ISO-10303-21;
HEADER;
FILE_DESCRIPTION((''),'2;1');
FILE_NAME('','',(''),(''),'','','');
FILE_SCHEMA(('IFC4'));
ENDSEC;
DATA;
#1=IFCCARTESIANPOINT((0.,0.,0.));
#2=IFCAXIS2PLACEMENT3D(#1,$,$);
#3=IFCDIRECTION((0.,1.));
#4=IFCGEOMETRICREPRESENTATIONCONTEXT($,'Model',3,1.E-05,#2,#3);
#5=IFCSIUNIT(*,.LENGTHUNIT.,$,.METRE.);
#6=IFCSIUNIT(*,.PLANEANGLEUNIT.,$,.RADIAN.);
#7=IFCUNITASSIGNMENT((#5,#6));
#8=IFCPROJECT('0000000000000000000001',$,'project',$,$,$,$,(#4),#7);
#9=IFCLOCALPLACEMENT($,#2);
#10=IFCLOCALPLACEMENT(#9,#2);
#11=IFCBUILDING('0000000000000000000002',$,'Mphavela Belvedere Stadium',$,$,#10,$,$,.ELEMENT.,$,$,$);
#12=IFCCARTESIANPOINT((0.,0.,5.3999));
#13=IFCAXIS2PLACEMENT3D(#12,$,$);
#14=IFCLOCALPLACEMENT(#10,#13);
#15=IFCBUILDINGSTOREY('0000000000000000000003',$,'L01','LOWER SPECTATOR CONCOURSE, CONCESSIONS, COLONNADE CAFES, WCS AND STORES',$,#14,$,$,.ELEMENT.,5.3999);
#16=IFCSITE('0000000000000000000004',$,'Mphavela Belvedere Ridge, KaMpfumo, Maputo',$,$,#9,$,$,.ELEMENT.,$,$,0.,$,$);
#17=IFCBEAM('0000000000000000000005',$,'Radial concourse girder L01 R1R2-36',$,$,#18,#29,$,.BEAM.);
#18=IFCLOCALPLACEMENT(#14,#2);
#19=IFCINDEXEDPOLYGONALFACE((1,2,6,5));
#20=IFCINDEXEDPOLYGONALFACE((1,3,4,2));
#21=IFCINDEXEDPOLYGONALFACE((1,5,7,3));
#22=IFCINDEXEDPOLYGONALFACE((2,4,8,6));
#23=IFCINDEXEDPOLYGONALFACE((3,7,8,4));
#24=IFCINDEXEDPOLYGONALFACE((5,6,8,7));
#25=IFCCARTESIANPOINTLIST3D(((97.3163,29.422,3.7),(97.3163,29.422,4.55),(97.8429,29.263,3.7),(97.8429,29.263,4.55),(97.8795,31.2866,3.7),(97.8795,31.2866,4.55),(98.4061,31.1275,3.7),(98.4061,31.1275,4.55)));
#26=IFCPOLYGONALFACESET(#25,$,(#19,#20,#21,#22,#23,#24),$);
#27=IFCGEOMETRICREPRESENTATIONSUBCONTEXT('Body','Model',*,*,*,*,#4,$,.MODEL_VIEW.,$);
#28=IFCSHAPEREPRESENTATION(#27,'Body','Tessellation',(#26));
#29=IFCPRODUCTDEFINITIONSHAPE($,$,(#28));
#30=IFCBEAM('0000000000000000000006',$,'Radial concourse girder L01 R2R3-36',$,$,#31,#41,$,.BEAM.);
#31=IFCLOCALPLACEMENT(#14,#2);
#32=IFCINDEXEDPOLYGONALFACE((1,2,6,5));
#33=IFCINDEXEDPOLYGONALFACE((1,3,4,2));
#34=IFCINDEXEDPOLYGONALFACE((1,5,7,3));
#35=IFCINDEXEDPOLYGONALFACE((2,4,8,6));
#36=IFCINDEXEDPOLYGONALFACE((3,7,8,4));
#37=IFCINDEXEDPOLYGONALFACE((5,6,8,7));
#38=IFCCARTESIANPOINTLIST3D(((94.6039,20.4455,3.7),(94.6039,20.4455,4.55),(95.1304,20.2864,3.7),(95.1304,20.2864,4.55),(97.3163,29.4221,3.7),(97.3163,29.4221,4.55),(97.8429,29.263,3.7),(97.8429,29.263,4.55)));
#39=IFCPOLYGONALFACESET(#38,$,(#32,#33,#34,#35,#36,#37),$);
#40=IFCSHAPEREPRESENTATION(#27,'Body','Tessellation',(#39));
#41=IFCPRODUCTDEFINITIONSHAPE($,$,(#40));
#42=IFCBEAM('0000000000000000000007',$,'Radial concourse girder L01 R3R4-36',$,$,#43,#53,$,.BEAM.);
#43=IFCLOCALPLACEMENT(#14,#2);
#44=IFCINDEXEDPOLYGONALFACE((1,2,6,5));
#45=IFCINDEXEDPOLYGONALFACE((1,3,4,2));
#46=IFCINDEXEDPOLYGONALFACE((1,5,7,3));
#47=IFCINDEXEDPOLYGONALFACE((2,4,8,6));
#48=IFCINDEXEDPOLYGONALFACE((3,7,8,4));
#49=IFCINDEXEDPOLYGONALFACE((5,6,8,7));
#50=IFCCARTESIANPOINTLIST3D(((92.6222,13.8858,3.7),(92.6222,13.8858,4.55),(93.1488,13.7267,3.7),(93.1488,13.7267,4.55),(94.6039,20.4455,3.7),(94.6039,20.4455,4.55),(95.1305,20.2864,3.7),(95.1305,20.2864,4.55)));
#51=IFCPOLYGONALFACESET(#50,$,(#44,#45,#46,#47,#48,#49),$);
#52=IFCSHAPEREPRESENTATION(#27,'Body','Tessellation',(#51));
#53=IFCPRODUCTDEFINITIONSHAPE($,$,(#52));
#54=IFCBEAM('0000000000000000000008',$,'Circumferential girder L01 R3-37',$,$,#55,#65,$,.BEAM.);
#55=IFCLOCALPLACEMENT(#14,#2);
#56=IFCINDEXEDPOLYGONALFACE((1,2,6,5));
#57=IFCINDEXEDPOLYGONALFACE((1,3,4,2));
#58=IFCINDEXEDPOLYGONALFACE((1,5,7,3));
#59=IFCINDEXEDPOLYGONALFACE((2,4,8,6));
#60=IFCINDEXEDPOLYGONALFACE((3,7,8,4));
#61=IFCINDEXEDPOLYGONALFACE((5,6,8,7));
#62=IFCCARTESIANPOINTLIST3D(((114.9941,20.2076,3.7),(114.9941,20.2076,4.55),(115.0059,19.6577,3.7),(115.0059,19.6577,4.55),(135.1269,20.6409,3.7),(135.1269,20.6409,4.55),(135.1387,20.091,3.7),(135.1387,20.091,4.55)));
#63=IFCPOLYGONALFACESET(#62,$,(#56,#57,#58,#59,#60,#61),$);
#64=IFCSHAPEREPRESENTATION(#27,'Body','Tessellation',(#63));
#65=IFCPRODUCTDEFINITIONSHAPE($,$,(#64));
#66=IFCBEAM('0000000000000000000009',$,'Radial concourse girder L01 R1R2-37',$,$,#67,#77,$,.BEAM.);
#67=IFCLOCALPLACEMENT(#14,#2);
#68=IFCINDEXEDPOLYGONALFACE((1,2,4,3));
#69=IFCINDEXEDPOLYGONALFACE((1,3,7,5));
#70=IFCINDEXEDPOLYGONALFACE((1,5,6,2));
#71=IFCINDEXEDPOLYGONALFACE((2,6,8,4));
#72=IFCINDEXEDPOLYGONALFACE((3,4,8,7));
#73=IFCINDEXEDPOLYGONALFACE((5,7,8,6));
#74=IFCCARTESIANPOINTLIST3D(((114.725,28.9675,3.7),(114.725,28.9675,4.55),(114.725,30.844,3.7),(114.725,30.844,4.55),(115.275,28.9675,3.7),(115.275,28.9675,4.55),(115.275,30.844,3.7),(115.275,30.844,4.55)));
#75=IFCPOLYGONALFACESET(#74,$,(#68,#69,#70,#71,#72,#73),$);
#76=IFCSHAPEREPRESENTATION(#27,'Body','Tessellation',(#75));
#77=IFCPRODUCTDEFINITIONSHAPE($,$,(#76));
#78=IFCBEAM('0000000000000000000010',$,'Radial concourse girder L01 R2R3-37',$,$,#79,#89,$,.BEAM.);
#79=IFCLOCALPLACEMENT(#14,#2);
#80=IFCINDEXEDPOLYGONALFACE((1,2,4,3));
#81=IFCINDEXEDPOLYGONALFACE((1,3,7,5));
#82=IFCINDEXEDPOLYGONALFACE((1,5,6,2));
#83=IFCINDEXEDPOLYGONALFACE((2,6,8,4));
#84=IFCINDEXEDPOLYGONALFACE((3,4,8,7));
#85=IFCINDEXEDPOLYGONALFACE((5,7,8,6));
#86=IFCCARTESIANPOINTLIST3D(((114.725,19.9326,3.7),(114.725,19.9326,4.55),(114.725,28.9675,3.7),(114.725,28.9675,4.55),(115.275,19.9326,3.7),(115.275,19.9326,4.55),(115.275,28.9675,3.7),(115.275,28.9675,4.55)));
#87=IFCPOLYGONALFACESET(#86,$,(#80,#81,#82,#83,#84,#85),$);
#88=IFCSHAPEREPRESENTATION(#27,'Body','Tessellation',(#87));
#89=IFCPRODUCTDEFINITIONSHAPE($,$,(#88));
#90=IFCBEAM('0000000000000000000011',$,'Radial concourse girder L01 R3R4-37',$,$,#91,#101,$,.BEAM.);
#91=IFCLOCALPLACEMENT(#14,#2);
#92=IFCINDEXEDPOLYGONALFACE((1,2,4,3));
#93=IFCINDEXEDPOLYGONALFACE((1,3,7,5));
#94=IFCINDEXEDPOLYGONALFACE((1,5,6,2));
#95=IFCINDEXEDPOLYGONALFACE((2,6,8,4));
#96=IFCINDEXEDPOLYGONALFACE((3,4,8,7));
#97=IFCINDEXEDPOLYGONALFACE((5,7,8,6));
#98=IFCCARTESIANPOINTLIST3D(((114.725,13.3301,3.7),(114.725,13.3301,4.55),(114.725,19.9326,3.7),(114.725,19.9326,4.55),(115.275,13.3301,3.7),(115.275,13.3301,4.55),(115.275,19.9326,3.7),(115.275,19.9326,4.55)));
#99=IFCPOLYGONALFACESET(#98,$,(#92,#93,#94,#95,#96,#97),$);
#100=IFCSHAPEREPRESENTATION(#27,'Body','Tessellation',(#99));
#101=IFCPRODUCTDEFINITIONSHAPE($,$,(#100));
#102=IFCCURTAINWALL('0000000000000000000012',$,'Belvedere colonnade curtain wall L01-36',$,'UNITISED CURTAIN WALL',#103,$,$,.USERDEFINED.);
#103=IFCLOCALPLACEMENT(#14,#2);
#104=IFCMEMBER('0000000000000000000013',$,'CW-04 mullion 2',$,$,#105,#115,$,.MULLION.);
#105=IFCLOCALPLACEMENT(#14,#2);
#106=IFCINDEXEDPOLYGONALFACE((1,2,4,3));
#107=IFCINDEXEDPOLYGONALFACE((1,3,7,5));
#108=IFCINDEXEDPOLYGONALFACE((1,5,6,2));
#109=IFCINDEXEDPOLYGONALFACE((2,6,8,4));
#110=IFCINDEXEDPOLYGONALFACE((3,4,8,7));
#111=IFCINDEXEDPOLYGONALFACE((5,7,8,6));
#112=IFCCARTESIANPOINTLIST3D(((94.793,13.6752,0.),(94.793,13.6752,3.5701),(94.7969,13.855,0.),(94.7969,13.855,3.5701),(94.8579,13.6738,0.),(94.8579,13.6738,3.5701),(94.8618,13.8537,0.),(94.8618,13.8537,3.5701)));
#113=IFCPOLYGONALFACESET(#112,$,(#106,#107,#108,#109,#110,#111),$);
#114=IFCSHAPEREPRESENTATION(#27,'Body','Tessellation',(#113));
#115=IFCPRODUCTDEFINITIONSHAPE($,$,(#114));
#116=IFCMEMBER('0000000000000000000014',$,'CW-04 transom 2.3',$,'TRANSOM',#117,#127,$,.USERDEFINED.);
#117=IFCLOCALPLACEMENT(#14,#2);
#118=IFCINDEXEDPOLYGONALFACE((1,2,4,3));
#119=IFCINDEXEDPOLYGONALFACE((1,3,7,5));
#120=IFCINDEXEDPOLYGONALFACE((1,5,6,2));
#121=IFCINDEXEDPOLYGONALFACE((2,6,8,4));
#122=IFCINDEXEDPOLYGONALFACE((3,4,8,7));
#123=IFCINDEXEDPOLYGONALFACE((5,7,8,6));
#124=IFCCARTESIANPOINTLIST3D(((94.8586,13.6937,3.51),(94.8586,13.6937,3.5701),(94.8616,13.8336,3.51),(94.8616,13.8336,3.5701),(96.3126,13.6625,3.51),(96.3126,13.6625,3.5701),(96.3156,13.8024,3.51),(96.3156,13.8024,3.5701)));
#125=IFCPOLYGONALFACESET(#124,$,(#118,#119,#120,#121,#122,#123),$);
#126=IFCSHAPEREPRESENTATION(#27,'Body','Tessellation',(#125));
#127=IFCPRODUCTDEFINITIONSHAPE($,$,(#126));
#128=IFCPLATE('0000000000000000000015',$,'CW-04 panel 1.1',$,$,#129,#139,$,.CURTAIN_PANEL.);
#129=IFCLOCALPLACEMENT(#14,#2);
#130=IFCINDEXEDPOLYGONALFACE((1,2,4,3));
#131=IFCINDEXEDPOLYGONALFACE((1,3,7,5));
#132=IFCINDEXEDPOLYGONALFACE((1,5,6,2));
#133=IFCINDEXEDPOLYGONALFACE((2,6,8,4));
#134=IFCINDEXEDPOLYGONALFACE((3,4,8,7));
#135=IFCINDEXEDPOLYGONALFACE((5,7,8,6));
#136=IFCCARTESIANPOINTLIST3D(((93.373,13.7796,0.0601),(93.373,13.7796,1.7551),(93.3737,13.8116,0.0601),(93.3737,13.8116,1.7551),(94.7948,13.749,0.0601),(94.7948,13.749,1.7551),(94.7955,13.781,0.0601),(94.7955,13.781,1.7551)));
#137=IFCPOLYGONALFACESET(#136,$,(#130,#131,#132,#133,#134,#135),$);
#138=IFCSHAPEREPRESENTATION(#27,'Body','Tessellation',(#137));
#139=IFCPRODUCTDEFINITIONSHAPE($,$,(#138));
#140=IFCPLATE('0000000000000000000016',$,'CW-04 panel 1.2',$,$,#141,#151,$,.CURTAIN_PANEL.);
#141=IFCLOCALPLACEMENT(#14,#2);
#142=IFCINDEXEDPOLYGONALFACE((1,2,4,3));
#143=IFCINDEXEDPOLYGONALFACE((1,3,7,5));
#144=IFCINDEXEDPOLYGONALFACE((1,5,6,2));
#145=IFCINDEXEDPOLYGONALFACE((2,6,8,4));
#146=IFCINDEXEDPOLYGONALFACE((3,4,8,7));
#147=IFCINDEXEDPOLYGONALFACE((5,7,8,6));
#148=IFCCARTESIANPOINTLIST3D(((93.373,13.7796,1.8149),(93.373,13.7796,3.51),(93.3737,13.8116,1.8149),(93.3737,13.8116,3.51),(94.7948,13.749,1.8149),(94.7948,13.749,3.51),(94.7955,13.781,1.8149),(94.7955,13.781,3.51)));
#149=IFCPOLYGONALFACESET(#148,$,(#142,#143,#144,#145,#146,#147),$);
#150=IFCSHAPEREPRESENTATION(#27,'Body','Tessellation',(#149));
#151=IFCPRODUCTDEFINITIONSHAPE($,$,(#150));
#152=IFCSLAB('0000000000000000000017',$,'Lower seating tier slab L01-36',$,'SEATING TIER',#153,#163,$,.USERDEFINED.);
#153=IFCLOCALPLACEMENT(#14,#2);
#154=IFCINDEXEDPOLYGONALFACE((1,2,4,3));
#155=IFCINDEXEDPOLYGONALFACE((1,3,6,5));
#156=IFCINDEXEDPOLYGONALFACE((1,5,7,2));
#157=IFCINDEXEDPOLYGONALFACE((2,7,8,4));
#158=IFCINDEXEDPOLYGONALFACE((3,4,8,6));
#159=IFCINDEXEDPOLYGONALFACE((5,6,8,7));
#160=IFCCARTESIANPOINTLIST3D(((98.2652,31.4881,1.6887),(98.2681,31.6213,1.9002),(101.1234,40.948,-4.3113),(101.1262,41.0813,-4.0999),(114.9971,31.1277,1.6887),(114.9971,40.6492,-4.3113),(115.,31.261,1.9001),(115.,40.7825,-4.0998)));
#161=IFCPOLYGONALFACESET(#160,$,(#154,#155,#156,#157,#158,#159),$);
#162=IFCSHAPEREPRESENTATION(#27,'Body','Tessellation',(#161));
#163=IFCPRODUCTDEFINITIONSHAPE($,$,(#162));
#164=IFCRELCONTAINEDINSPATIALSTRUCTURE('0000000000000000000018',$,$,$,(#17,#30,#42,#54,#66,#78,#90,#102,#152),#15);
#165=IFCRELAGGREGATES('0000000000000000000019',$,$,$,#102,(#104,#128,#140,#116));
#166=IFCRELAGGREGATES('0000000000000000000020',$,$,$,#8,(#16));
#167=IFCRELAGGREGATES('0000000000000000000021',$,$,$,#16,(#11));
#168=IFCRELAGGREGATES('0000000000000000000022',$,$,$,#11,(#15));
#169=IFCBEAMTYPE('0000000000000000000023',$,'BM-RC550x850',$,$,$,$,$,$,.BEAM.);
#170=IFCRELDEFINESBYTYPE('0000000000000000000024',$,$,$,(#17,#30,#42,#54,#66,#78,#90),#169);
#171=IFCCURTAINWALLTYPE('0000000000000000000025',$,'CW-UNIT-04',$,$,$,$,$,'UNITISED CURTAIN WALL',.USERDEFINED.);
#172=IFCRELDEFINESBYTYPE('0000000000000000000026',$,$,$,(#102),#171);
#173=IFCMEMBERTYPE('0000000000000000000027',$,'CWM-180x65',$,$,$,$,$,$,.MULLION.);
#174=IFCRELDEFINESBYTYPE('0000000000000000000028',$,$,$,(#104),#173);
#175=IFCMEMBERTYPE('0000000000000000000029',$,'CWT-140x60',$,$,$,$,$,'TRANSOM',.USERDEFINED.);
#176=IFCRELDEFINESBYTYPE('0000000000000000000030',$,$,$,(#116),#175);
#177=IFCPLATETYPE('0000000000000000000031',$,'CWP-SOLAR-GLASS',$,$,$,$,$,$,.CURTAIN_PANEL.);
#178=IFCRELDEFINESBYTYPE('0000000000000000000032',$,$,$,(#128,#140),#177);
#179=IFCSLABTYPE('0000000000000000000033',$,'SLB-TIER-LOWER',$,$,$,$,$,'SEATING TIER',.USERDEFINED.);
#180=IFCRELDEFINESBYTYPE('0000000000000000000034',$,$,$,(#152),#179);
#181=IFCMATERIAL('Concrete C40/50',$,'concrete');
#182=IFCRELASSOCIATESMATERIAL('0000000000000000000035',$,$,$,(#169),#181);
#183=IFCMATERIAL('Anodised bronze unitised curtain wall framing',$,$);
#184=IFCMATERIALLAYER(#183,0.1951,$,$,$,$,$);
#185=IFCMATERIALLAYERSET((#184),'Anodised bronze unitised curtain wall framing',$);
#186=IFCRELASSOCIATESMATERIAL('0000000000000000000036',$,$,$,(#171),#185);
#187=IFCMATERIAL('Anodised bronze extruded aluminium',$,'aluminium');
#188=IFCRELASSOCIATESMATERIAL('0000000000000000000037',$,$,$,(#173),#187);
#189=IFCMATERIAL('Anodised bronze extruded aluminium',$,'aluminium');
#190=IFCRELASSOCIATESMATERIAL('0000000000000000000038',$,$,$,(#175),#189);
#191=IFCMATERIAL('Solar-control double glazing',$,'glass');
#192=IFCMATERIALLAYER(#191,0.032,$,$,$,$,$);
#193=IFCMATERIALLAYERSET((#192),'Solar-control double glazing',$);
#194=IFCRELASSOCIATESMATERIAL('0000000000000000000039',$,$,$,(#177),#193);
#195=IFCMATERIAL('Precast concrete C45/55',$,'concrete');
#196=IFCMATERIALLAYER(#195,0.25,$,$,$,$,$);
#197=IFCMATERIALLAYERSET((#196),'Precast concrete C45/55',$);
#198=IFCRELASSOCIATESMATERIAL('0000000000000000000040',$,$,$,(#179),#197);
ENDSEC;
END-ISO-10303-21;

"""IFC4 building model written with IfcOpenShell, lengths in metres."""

from ifc_helpers import new_model, si_unit, direction, frame, origin, origin_2d, place, context, subcontext, project, spatial, polyline, rectangle, outline, extrude, material, layer, layer_set, material_profile, profile_set, type_object, element, aggregate, save


model = new_model("IFC4")

# Units and contexts
model_context = context("Model", 3, precision=1e-05, world=origin(), true_north=direction((0.0, 1.0)))
body_context = subcontext(model_context, "Body", "Model", "MODEL_VIEW")
ifc_project = project(units=[si_unit("LENGTHUNIT", "METRE"), si_unit("PLANEANGLEUNIT", "RADIAN")], contexts=[model_context])

# Site, building, storey
site_placement = place(None, origin())
site = spatial("IfcSite", under=ifc_project, at=site_placement, Name="Mphavela Belvedere Ridge, KaMpfumo, Maputo", CompositionType="ELEMENT", RefElevation=0.0)
building_placement = place(site_placement, origin())
building = spatial("IfcBuilding", under=site, at=building_placement, Name="Mphavela Belvedere Stadium", CompositionType="ELEMENT")
storey_placement = place(building_placement, frame((0.0, 0.0, 5.3999)))
storey = spatial("IfcBuildingStorey", under=building, at=storey_placement, Name="L01", Description="LOWER SPECTATOR CONCOURSE, CONCESSIONS, COLONNADE CAFES, WCS AND STORES", CompositionType="ELEMENT", Elevation=5.3999)

# Beams
ifc_material_1 = material(Name="Concrete C40/50", Category="concrete")
ifc_material_profile_1 = material_profile(ifc_material_1, rectangle(XDim=0.55, YDim=0.8501, at=origin_2d()), Name="RC 550x850")
ifc_profile_set_1 = profile_set([ifc_material_profile_1], Name="Concrete C40/50")
beam_type_1 = type_object("IfcBeamType", Name="BM-RC550x850", PredefinedType="BEAM", material=ifc_profile_set_1)
beam_1_placement = place(storey_placement, frame((98.1428, 31.207, 4.125), z_axis=(-0.289176, -0.957276, 0.0), x_axis=(0.957276, -0.289176, 0.0)))
element("IfcBeam", 1, at=beam_1_placement, inside=storey, type_object=beam_type_1, Name="Radial concourse girder L01 R1R2-36", PredefinedType="BEAM", context=body_context, shape_type="SweptSolid", body=[
    extrude(rectangle(XDim=0.55, YDim=0.8501, at=origin_2d()), origin(), (0.0, 0.0, 1.0), 1.9478),
])
beam_2_placement = place(storey_placement, frame((97.5796, 29.3425, 4.125), z_axis=(-0.289249, -0.957254, 0.0), x_axis=(0.957254, -0.289249, 0.0)))
element("IfcBeam", 2, at=beam_2_placement, inside=storey, type_object=beam_type_1, Name="Radial concourse girder L01 R2R3-36", PredefinedType="BEAM", context=body_context, shape_type="SweptSolid", body=[
    extrude(rectangle(XDim=0.55, YDim=0.8501, at=origin_2d()), origin(), (0.0, 0.0, 1.0), 9.3774),
])
beam_3_placement = place(storey_placement, frame((94.8672, 20.366, 4.125), z_axis=(-0.289188, -0.957272, 0.0), x_axis=(0.957272, -0.289188, 0.0)))
element("IfcBeam", 3, at=beam_3_placement, inside=storey, type_object=beam_type_1, Name="Radial concourse girder L01 R3R4-36", PredefinedType="BEAM", context=body_context, shape_type="SweptSolid", body=[
    extrude(rectangle(XDim=0.55, YDim=0.8501, at=origin_2d()), origin(), (0.0, 0.0, 1.0), 6.8525),
])
beam_4_placement = place(storey_placement, frame((115.0, 19.9326, 4.125), z_axis=(0.999768, 0.02152, 0.0), x_axis=(-0.02152, 0.999768, 0.0)))
element("IfcBeam", 4, at=beam_4_placement, inside=storey, type_object=beam_type_1, Name="Circumferential girder L01 R3-37", PredefinedType="BEAM", context=body_context, shape_type="SweptSolid", body=[
    extrude(rectangle(XDim=0.55, YDim=0.8501, at=origin_2d()), origin(), (0.0, 0.0, 1.0), 20.1375),
])
beam_5_placement = place(storey_placement, frame((115.0, 30.844, 4.125), z_axis=(0.0, -1.0, 0.0), x_axis=(1.0, 0.0, 0.0)))
element("IfcBeam", 5, at=beam_5_placement, inside=storey, type_object=beam_type_1, Name="Radial concourse girder L01 R1R2-37", PredefinedType="BEAM", context=body_context, shape_type="SweptSolid", body=[
    extrude(rectangle(XDim=0.55, YDim=0.8501, at=origin_2d()), origin(), (0.0, 0.0, 1.0), 1.8765),
])
beam_6_placement = place(storey_placement, frame((115.0, 28.9675, 4.125), z_axis=(0.0, -1.0, 0.0), x_axis=(1.0, 0.0, 0.0)))
element("IfcBeam", 6, at=beam_6_placement, inside=storey, type_object=beam_type_1, Name="Radial concourse girder L01 R2R3-37", PredefinedType="BEAM", context=body_context, shape_type="SweptSolid", body=[
    extrude(rectangle(XDim=0.55, YDim=0.8501, at=origin_2d()), origin(), (0.0, 0.0, 1.0), 9.0349),
])
beam_7_placement = place(storey_placement, frame((115.0, 19.9326, 4.125), z_axis=(0.0, -1.0, 0.0), x_axis=(1.0, 0.0, 0.0)))
element("IfcBeam", 7, at=beam_7_placement, inside=storey, type_object=beam_type_1, Name="Radial concourse girder L01 R3R4-37", PredefinedType="BEAM", context=body_context, shape_type="SweptSolid", body=[
    extrude(rectangle(XDim=0.55, YDim=0.8501, at=origin_2d()), origin(), (0.0, 0.0, 1.0), 6.6025),
])

# Curtain wall, members, plates
ifc_material_2 = material(Name="Anodised bronze unitised curtain wall framing")
ifc_layer_1 = layer(ifc_material_2, 0.1951)
ifc_layer_set_1 = layer_set([ifc_layer_1], Name="Anodised bronze unitised curtain wall framing")
curtain_wall_type = type_object("IfcCurtainWallType", Name="CW-UNIT-04", ElementType="UNITISED CURTAIN WALL", PredefinedType="USERDEFINED", material=ifc_layer_set_1)
curtain_wall_placement = place(storey_placement, origin())
curtain_wall = element("IfcCurtainWall", 8, at=curtain_wall_placement, inside=storey, type_object=curtain_wall_type, Name="Belvedere colonnade curtain wall L01-36", ObjectType="UNITISED CURTAIN WALL", PredefinedType="USERDEFINED")
ifc_material_3 = material(Name="Anodised bronze extruded aluminium", Category="aluminium")
ifc_material_profile_2 = material_profile(ifc_material_3, rectangle(XDim=0.1799, YDim=0.0649, at=origin_2d()), Name="CW-MUL 180x65")
ifc_profile_set_2 = profile_set([ifc_material_profile_2], Name="Anodised bronze extruded aluminium")
member_type_1 = type_object("IfcMemberType", Name="CWM-180x65", PredefinedType="MULLION", material=ifc_profile_set_2)
member_1_placement = place(storey_placement, frame((94.8274, 13.7644, 0.0), z_axis=(0.0, 0.0, 1.0), x_axis=(0.021529, 0.999768, 0.0)))
member_1 = element("IfcMember", 9, at=member_1_placement, type_object=member_type_1, Name="CW-04 mullion 2", PredefinedType="MULLION", context=body_context, shape_type="SweptSolid", body=[
    extrude(rectangle(XDim=0.1799, YDim=0.0649, at=origin_2d()), origin(), (0.0, 0.0, 1.0), 3.5701),
])
ifc_material_4 = material(Name="Anodised bronze extruded aluminium", Category="aluminium")
ifc_material_profile_3 = material_profile(ifc_material_4, rectangle(XDim=0.1399, YDim=0.0601, at=origin_2d()), Name="CW-TRN 140x60")
ifc_profile_set_3 = profile_set([ifc_material_profile_3], Name="Anodised bronze extruded aluminium")
member_type_2 = type_object("IfcMemberType", Name="CWT-140x60", ElementType="TRANSOM", PredefinedType="USERDEFINED", material=ifc_profile_set_3)
member_2_placement = place(storey_placement, frame((94.8601, 13.7637, 3.54), z_axis=(0.999769, -0.021486, 0.0), x_axis=(0.021486, 0.999769, 0.0)))
member_2 = element("IfcMember", 10, at=member_2_placement, type_object=member_type_2, Name="CW-04 transom 2.3", ObjectType="TRANSOM", PredefinedType="USERDEFINED", context=body_context, shape_type="SweptSolid", body=[
    extrude(rectangle(XDim=0.1399, YDim=0.0601, at=origin_2d()), origin(), (0.0, 0.0, 1.0), 1.4543),
])
ifc_material_5 = material(Name="Solar-control double glazing", Category="glass")
ifc_layer_2 = layer(ifc_material_5, 0.032)
ifc_layer_set_2 = layer_set([ifc_layer_2], Name="Solar-control double glazing")
plate_type = type_object("IfcPlateType", Name="CWP-SOLAR-GLASS", PredefinedType="CURTAIN_PANEL", material=ifc_layer_set_2)
plate_1_placement = place(storey_placement, frame((94.0842, 13.7803, 0.0601), z_axis=(0.0, 0.0, 1.0), x_axis=(0.999768, -0.021529, 0.0)))
plate_1 = element("IfcPlate", 11, at=plate_1_placement, type_object=plate_type, Name="CW-04 panel 1.1", PredefinedType="CURTAIN_PANEL", context=body_context, shape_type="SweptSolid", body=[
    extrude(rectangle(XDim=1.4221, YDim=0.032, at=origin_2d()), origin(), (0.0, 0.0, 1.0), 1.6951),
])
plate_2_placement = place(storey_placement, frame((94.0842, 13.7803, 1.8149), z_axis=(0.0, 0.0, 1.0), x_axis=(0.999768, -0.021529, 0.0)))
plate_2 = element("IfcPlate", 12, at=plate_2_placement, type_object=plate_type, Name="CW-04 panel 1.2", PredefinedType="CURTAIN_PANEL", context=body_context, shape_type="SweptSolid", body=[
    extrude(rectangle(XDim=1.4221, YDim=0.032, at=origin_2d()), origin(), (0.0, 0.0, 1.0), 1.6951),
])
aggregate(curtain_wall, [member_1, plate_1, plate_2, member_2])

# Slab
ifc_material_6 = material(Name="Precast concrete C45/55", Category="concrete")
ifc_layer_3 = layer(ifc_material_6, 0.25)
ifc_layer_set_3 = layer_set([ifc_layer_3], Name="Precast concrete C45/55")
slab_type = type_object("IfcSlabType", Name="SLB-TIER-LOWER", ElementType="SEATING TIER", PredefinedType="USERDEFINED", material=ifc_layer_set_3)
slab_placement = place(storey_placement, frame((101.1262, 41.0813, -4.0999), z_axis=(0.011482, 0.533095, 0.845977), x_axis=(0.999768, -0.021534, 0.000001)))
element("IfcSlab", 13, at=slab_placement, inside=storey, type_object=slab_type, Name="Lower seating tier slab L01-36", ObjectType="SEATING TIER", PredefinedType="USERDEFINED", context=body_context, shape_type="SweptSolid", body=[
    extrude(outline(polyline([(0.0, 0.0), (13.877, 0.0), (14.082, -11.2524), (-2.6538, -11.2524), (0.0, 0.0)])), origin(), (0.0, 0.0, -1.0), 0.25),
])

save(model, "model.ifc")
